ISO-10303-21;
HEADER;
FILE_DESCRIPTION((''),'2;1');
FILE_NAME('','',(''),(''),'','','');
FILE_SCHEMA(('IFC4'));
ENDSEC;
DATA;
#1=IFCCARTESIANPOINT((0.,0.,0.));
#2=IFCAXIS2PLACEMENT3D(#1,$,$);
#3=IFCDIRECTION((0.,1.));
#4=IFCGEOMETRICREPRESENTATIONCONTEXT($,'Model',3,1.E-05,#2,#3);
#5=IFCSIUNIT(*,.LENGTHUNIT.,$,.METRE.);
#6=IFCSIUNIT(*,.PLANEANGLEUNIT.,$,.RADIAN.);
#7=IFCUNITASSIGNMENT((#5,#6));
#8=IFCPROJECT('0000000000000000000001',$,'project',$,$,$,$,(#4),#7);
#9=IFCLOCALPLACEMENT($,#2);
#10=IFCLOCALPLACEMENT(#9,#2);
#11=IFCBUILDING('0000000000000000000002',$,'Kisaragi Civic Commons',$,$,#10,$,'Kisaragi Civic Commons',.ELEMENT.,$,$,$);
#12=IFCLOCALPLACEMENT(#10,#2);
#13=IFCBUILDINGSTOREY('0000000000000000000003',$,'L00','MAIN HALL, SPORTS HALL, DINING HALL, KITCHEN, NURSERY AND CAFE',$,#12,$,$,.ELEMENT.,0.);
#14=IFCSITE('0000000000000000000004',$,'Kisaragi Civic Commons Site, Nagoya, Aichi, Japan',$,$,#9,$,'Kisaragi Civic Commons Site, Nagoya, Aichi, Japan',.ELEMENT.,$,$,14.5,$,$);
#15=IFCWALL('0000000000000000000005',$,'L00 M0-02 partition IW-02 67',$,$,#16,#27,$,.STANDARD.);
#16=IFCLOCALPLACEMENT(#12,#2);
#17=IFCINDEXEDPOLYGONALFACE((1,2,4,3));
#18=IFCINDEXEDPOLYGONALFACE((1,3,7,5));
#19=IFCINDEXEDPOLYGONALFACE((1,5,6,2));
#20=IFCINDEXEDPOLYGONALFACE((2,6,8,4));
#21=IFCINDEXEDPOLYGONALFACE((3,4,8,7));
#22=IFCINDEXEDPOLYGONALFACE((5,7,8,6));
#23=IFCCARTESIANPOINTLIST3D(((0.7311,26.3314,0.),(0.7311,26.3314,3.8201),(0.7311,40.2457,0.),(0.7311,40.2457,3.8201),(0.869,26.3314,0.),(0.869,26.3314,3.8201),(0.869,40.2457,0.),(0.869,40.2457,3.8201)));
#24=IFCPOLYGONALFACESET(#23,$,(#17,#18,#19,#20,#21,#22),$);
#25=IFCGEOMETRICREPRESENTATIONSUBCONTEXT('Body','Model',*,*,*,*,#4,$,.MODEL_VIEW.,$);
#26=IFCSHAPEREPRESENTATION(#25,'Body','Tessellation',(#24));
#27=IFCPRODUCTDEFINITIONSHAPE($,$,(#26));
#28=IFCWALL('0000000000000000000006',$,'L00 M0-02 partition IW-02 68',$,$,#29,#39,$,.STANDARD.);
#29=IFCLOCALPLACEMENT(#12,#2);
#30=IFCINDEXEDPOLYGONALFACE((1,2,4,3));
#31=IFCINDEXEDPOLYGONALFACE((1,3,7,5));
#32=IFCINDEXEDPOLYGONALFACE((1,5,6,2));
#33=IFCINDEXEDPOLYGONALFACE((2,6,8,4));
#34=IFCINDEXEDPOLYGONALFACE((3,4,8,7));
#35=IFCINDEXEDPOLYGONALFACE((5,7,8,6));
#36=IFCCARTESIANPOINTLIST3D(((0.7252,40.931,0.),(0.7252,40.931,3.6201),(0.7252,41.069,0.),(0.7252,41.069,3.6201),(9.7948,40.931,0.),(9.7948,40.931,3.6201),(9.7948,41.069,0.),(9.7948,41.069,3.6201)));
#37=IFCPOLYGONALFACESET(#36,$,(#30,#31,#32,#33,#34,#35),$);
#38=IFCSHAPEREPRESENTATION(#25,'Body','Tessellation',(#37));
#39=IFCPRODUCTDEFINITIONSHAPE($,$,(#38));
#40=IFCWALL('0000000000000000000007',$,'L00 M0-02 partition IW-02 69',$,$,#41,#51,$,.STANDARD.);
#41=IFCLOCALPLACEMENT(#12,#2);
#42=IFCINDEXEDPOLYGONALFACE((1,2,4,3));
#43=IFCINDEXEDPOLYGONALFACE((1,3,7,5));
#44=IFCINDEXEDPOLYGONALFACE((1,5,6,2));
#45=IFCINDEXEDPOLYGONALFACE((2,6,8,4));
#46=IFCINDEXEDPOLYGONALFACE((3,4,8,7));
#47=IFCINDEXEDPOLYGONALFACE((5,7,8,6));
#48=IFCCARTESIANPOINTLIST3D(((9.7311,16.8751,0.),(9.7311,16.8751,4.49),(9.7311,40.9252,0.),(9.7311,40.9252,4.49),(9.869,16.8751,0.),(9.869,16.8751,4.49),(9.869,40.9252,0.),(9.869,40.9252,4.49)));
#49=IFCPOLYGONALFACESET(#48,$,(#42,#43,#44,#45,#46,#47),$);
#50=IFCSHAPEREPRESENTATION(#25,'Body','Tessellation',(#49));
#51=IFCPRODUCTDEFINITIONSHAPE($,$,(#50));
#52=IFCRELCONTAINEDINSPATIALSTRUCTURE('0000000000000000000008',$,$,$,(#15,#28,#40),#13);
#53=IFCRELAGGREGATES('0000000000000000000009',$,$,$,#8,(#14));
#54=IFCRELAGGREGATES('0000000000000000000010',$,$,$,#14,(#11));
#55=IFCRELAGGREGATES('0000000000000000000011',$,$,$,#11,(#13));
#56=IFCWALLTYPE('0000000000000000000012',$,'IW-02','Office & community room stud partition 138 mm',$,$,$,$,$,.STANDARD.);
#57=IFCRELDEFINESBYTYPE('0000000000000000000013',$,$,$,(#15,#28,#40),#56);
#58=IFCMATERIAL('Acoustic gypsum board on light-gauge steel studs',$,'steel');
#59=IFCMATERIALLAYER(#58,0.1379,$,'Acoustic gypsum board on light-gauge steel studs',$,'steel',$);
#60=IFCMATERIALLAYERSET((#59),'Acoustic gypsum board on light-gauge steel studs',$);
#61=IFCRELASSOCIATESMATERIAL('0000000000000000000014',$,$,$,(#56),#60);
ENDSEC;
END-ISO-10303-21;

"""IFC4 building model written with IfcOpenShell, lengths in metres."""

from ifc_helpers import new_model, si_unit, direction, frame, frame_2d, origin, place, context, subcontext, project, spatial, rectangle, extrude, material, layer, layer_set, type_object, element, save


model = new_model("IFC4")

# Units and contexts
model_context = context("Model", 3, precision=1e-05, world=origin(), true_north=direction((0.0, 1.0)))
body_context = subcontext(model_context, "Body", "Model", "MODEL_VIEW")
ifc_project = project(units=[si_unit("LENGTHUNIT", "METRE"), si_unit("PLANEANGLEUNIT", "RADIAN")], contexts=[model_context])

# Site, building, storey
site_placement = place(None, origin())
site = spatial("IfcSite", under=ifc_project, at=site_placement, Name="Kisaragi Civic Commons Site, Nagoya, Aichi, Japan", LongName="Kisaragi Civic Commons Site, Nagoya, Aichi, Japan", CompositionType="ELEMENT", RefElevation=14.5)
building_placement = place(site_placement, origin())
building = spatial("IfcBuilding", under=site, at=building_placement, Name="Kisaragi Civic Commons", LongName="Kisaragi Civic Commons", CompositionType="ELEMENT")
storey_placement = place(building_placement, origin())
storey = spatial("IfcBuildingStorey", under=building, at=storey_placement, Name="L00", Description="MAIN HALL, SPORTS HALL, DINING HALL, KITCHEN, NURSERY AND CAFE", CompositionType="ELEMENT", Elevation=0.0)

# Walls
ifc_material_1 = material(Name="Acoustic gypsum board on light-gauge steel studs", Category="steel")
ifc_layer_1 = layer(ifc_material_1, 0.1379, Name="Acoustic gypsum board on light-gauge steel studs", Category="steel")
ifc_layer_set_1 = layer_set([ifc_layer_1], Name="Acoustic gypsum board on light-gauge steel studs")
wall_type_1 = type_object("IfcWallType", Name="IW-02", Description="Office & community room stud partition 138 mm", PredefinedType="STANDARD", material=ifc_layer_set_1)
wall_1_placement = place(storey_placement, frame((0.8, 26.3315, 0.0), z_axis=(0.0, 0.0, 1.0), x_axis=(0.0, 1.0, 0.0)))
element("IfcWall", 1, at=wall_1_placement, inside=storey, type_object=wall_type_1, Name="L00 M0-02 partition IW-02 67", PredefinedType="STANDARD", context=body_context, shape_type="SweptSolid", body=[
    extrude(rectangle(XDim=13.9143, YDim=0.1379, at=frame_2d((6.957, 0.0))), origin(), (0.0, 0.0, 1.0), 3.8201),
])
wall_2_placement = place(storey_placement, frame((0.7253, 41.0, 0.0), z_axis=(0.0, 0.0, 1.0), x_axis=(1.0, 0.0, 0.0)))
element("IfcWall", 2, at=wall_2_placement, inside=storey, type_object=wall_type_1, Name="L00 M0-02 partition IW-02 68", PredefinedType="STANDARD", context=body_context, shape_type="SweptSolid", body=[
    extrude(rectangle(XDim=9.0696, YDim=0.1379, at=frame_2d((4.5347, 0.0))), origin(), (0.0, 0.0, 1.0), 3.6201),
])
wall_3_placement = place(storey_placement, frame((9.8, 40.925, 0.0), z_axis=(0.0, 0.0, 1.0), x_axis=(0.0, -1.0, 0.0)))
element("IfcWall", 3, at=wall_3_placement, inside=storey, type_object=wall_type_1, Name="L00 M0-02 partition IW-02 69", PredefinedType="STANDARD", context=body_context, shape_type="SweptSolid", body=[
    extrude(rectangle(XDim=24.05, YDim=0.1379, at=frame_2d((12.0249, 0.0))), origin(), (0.0, 0.0, 1.0), 4.49),
])

save(model, "model.ifc")
